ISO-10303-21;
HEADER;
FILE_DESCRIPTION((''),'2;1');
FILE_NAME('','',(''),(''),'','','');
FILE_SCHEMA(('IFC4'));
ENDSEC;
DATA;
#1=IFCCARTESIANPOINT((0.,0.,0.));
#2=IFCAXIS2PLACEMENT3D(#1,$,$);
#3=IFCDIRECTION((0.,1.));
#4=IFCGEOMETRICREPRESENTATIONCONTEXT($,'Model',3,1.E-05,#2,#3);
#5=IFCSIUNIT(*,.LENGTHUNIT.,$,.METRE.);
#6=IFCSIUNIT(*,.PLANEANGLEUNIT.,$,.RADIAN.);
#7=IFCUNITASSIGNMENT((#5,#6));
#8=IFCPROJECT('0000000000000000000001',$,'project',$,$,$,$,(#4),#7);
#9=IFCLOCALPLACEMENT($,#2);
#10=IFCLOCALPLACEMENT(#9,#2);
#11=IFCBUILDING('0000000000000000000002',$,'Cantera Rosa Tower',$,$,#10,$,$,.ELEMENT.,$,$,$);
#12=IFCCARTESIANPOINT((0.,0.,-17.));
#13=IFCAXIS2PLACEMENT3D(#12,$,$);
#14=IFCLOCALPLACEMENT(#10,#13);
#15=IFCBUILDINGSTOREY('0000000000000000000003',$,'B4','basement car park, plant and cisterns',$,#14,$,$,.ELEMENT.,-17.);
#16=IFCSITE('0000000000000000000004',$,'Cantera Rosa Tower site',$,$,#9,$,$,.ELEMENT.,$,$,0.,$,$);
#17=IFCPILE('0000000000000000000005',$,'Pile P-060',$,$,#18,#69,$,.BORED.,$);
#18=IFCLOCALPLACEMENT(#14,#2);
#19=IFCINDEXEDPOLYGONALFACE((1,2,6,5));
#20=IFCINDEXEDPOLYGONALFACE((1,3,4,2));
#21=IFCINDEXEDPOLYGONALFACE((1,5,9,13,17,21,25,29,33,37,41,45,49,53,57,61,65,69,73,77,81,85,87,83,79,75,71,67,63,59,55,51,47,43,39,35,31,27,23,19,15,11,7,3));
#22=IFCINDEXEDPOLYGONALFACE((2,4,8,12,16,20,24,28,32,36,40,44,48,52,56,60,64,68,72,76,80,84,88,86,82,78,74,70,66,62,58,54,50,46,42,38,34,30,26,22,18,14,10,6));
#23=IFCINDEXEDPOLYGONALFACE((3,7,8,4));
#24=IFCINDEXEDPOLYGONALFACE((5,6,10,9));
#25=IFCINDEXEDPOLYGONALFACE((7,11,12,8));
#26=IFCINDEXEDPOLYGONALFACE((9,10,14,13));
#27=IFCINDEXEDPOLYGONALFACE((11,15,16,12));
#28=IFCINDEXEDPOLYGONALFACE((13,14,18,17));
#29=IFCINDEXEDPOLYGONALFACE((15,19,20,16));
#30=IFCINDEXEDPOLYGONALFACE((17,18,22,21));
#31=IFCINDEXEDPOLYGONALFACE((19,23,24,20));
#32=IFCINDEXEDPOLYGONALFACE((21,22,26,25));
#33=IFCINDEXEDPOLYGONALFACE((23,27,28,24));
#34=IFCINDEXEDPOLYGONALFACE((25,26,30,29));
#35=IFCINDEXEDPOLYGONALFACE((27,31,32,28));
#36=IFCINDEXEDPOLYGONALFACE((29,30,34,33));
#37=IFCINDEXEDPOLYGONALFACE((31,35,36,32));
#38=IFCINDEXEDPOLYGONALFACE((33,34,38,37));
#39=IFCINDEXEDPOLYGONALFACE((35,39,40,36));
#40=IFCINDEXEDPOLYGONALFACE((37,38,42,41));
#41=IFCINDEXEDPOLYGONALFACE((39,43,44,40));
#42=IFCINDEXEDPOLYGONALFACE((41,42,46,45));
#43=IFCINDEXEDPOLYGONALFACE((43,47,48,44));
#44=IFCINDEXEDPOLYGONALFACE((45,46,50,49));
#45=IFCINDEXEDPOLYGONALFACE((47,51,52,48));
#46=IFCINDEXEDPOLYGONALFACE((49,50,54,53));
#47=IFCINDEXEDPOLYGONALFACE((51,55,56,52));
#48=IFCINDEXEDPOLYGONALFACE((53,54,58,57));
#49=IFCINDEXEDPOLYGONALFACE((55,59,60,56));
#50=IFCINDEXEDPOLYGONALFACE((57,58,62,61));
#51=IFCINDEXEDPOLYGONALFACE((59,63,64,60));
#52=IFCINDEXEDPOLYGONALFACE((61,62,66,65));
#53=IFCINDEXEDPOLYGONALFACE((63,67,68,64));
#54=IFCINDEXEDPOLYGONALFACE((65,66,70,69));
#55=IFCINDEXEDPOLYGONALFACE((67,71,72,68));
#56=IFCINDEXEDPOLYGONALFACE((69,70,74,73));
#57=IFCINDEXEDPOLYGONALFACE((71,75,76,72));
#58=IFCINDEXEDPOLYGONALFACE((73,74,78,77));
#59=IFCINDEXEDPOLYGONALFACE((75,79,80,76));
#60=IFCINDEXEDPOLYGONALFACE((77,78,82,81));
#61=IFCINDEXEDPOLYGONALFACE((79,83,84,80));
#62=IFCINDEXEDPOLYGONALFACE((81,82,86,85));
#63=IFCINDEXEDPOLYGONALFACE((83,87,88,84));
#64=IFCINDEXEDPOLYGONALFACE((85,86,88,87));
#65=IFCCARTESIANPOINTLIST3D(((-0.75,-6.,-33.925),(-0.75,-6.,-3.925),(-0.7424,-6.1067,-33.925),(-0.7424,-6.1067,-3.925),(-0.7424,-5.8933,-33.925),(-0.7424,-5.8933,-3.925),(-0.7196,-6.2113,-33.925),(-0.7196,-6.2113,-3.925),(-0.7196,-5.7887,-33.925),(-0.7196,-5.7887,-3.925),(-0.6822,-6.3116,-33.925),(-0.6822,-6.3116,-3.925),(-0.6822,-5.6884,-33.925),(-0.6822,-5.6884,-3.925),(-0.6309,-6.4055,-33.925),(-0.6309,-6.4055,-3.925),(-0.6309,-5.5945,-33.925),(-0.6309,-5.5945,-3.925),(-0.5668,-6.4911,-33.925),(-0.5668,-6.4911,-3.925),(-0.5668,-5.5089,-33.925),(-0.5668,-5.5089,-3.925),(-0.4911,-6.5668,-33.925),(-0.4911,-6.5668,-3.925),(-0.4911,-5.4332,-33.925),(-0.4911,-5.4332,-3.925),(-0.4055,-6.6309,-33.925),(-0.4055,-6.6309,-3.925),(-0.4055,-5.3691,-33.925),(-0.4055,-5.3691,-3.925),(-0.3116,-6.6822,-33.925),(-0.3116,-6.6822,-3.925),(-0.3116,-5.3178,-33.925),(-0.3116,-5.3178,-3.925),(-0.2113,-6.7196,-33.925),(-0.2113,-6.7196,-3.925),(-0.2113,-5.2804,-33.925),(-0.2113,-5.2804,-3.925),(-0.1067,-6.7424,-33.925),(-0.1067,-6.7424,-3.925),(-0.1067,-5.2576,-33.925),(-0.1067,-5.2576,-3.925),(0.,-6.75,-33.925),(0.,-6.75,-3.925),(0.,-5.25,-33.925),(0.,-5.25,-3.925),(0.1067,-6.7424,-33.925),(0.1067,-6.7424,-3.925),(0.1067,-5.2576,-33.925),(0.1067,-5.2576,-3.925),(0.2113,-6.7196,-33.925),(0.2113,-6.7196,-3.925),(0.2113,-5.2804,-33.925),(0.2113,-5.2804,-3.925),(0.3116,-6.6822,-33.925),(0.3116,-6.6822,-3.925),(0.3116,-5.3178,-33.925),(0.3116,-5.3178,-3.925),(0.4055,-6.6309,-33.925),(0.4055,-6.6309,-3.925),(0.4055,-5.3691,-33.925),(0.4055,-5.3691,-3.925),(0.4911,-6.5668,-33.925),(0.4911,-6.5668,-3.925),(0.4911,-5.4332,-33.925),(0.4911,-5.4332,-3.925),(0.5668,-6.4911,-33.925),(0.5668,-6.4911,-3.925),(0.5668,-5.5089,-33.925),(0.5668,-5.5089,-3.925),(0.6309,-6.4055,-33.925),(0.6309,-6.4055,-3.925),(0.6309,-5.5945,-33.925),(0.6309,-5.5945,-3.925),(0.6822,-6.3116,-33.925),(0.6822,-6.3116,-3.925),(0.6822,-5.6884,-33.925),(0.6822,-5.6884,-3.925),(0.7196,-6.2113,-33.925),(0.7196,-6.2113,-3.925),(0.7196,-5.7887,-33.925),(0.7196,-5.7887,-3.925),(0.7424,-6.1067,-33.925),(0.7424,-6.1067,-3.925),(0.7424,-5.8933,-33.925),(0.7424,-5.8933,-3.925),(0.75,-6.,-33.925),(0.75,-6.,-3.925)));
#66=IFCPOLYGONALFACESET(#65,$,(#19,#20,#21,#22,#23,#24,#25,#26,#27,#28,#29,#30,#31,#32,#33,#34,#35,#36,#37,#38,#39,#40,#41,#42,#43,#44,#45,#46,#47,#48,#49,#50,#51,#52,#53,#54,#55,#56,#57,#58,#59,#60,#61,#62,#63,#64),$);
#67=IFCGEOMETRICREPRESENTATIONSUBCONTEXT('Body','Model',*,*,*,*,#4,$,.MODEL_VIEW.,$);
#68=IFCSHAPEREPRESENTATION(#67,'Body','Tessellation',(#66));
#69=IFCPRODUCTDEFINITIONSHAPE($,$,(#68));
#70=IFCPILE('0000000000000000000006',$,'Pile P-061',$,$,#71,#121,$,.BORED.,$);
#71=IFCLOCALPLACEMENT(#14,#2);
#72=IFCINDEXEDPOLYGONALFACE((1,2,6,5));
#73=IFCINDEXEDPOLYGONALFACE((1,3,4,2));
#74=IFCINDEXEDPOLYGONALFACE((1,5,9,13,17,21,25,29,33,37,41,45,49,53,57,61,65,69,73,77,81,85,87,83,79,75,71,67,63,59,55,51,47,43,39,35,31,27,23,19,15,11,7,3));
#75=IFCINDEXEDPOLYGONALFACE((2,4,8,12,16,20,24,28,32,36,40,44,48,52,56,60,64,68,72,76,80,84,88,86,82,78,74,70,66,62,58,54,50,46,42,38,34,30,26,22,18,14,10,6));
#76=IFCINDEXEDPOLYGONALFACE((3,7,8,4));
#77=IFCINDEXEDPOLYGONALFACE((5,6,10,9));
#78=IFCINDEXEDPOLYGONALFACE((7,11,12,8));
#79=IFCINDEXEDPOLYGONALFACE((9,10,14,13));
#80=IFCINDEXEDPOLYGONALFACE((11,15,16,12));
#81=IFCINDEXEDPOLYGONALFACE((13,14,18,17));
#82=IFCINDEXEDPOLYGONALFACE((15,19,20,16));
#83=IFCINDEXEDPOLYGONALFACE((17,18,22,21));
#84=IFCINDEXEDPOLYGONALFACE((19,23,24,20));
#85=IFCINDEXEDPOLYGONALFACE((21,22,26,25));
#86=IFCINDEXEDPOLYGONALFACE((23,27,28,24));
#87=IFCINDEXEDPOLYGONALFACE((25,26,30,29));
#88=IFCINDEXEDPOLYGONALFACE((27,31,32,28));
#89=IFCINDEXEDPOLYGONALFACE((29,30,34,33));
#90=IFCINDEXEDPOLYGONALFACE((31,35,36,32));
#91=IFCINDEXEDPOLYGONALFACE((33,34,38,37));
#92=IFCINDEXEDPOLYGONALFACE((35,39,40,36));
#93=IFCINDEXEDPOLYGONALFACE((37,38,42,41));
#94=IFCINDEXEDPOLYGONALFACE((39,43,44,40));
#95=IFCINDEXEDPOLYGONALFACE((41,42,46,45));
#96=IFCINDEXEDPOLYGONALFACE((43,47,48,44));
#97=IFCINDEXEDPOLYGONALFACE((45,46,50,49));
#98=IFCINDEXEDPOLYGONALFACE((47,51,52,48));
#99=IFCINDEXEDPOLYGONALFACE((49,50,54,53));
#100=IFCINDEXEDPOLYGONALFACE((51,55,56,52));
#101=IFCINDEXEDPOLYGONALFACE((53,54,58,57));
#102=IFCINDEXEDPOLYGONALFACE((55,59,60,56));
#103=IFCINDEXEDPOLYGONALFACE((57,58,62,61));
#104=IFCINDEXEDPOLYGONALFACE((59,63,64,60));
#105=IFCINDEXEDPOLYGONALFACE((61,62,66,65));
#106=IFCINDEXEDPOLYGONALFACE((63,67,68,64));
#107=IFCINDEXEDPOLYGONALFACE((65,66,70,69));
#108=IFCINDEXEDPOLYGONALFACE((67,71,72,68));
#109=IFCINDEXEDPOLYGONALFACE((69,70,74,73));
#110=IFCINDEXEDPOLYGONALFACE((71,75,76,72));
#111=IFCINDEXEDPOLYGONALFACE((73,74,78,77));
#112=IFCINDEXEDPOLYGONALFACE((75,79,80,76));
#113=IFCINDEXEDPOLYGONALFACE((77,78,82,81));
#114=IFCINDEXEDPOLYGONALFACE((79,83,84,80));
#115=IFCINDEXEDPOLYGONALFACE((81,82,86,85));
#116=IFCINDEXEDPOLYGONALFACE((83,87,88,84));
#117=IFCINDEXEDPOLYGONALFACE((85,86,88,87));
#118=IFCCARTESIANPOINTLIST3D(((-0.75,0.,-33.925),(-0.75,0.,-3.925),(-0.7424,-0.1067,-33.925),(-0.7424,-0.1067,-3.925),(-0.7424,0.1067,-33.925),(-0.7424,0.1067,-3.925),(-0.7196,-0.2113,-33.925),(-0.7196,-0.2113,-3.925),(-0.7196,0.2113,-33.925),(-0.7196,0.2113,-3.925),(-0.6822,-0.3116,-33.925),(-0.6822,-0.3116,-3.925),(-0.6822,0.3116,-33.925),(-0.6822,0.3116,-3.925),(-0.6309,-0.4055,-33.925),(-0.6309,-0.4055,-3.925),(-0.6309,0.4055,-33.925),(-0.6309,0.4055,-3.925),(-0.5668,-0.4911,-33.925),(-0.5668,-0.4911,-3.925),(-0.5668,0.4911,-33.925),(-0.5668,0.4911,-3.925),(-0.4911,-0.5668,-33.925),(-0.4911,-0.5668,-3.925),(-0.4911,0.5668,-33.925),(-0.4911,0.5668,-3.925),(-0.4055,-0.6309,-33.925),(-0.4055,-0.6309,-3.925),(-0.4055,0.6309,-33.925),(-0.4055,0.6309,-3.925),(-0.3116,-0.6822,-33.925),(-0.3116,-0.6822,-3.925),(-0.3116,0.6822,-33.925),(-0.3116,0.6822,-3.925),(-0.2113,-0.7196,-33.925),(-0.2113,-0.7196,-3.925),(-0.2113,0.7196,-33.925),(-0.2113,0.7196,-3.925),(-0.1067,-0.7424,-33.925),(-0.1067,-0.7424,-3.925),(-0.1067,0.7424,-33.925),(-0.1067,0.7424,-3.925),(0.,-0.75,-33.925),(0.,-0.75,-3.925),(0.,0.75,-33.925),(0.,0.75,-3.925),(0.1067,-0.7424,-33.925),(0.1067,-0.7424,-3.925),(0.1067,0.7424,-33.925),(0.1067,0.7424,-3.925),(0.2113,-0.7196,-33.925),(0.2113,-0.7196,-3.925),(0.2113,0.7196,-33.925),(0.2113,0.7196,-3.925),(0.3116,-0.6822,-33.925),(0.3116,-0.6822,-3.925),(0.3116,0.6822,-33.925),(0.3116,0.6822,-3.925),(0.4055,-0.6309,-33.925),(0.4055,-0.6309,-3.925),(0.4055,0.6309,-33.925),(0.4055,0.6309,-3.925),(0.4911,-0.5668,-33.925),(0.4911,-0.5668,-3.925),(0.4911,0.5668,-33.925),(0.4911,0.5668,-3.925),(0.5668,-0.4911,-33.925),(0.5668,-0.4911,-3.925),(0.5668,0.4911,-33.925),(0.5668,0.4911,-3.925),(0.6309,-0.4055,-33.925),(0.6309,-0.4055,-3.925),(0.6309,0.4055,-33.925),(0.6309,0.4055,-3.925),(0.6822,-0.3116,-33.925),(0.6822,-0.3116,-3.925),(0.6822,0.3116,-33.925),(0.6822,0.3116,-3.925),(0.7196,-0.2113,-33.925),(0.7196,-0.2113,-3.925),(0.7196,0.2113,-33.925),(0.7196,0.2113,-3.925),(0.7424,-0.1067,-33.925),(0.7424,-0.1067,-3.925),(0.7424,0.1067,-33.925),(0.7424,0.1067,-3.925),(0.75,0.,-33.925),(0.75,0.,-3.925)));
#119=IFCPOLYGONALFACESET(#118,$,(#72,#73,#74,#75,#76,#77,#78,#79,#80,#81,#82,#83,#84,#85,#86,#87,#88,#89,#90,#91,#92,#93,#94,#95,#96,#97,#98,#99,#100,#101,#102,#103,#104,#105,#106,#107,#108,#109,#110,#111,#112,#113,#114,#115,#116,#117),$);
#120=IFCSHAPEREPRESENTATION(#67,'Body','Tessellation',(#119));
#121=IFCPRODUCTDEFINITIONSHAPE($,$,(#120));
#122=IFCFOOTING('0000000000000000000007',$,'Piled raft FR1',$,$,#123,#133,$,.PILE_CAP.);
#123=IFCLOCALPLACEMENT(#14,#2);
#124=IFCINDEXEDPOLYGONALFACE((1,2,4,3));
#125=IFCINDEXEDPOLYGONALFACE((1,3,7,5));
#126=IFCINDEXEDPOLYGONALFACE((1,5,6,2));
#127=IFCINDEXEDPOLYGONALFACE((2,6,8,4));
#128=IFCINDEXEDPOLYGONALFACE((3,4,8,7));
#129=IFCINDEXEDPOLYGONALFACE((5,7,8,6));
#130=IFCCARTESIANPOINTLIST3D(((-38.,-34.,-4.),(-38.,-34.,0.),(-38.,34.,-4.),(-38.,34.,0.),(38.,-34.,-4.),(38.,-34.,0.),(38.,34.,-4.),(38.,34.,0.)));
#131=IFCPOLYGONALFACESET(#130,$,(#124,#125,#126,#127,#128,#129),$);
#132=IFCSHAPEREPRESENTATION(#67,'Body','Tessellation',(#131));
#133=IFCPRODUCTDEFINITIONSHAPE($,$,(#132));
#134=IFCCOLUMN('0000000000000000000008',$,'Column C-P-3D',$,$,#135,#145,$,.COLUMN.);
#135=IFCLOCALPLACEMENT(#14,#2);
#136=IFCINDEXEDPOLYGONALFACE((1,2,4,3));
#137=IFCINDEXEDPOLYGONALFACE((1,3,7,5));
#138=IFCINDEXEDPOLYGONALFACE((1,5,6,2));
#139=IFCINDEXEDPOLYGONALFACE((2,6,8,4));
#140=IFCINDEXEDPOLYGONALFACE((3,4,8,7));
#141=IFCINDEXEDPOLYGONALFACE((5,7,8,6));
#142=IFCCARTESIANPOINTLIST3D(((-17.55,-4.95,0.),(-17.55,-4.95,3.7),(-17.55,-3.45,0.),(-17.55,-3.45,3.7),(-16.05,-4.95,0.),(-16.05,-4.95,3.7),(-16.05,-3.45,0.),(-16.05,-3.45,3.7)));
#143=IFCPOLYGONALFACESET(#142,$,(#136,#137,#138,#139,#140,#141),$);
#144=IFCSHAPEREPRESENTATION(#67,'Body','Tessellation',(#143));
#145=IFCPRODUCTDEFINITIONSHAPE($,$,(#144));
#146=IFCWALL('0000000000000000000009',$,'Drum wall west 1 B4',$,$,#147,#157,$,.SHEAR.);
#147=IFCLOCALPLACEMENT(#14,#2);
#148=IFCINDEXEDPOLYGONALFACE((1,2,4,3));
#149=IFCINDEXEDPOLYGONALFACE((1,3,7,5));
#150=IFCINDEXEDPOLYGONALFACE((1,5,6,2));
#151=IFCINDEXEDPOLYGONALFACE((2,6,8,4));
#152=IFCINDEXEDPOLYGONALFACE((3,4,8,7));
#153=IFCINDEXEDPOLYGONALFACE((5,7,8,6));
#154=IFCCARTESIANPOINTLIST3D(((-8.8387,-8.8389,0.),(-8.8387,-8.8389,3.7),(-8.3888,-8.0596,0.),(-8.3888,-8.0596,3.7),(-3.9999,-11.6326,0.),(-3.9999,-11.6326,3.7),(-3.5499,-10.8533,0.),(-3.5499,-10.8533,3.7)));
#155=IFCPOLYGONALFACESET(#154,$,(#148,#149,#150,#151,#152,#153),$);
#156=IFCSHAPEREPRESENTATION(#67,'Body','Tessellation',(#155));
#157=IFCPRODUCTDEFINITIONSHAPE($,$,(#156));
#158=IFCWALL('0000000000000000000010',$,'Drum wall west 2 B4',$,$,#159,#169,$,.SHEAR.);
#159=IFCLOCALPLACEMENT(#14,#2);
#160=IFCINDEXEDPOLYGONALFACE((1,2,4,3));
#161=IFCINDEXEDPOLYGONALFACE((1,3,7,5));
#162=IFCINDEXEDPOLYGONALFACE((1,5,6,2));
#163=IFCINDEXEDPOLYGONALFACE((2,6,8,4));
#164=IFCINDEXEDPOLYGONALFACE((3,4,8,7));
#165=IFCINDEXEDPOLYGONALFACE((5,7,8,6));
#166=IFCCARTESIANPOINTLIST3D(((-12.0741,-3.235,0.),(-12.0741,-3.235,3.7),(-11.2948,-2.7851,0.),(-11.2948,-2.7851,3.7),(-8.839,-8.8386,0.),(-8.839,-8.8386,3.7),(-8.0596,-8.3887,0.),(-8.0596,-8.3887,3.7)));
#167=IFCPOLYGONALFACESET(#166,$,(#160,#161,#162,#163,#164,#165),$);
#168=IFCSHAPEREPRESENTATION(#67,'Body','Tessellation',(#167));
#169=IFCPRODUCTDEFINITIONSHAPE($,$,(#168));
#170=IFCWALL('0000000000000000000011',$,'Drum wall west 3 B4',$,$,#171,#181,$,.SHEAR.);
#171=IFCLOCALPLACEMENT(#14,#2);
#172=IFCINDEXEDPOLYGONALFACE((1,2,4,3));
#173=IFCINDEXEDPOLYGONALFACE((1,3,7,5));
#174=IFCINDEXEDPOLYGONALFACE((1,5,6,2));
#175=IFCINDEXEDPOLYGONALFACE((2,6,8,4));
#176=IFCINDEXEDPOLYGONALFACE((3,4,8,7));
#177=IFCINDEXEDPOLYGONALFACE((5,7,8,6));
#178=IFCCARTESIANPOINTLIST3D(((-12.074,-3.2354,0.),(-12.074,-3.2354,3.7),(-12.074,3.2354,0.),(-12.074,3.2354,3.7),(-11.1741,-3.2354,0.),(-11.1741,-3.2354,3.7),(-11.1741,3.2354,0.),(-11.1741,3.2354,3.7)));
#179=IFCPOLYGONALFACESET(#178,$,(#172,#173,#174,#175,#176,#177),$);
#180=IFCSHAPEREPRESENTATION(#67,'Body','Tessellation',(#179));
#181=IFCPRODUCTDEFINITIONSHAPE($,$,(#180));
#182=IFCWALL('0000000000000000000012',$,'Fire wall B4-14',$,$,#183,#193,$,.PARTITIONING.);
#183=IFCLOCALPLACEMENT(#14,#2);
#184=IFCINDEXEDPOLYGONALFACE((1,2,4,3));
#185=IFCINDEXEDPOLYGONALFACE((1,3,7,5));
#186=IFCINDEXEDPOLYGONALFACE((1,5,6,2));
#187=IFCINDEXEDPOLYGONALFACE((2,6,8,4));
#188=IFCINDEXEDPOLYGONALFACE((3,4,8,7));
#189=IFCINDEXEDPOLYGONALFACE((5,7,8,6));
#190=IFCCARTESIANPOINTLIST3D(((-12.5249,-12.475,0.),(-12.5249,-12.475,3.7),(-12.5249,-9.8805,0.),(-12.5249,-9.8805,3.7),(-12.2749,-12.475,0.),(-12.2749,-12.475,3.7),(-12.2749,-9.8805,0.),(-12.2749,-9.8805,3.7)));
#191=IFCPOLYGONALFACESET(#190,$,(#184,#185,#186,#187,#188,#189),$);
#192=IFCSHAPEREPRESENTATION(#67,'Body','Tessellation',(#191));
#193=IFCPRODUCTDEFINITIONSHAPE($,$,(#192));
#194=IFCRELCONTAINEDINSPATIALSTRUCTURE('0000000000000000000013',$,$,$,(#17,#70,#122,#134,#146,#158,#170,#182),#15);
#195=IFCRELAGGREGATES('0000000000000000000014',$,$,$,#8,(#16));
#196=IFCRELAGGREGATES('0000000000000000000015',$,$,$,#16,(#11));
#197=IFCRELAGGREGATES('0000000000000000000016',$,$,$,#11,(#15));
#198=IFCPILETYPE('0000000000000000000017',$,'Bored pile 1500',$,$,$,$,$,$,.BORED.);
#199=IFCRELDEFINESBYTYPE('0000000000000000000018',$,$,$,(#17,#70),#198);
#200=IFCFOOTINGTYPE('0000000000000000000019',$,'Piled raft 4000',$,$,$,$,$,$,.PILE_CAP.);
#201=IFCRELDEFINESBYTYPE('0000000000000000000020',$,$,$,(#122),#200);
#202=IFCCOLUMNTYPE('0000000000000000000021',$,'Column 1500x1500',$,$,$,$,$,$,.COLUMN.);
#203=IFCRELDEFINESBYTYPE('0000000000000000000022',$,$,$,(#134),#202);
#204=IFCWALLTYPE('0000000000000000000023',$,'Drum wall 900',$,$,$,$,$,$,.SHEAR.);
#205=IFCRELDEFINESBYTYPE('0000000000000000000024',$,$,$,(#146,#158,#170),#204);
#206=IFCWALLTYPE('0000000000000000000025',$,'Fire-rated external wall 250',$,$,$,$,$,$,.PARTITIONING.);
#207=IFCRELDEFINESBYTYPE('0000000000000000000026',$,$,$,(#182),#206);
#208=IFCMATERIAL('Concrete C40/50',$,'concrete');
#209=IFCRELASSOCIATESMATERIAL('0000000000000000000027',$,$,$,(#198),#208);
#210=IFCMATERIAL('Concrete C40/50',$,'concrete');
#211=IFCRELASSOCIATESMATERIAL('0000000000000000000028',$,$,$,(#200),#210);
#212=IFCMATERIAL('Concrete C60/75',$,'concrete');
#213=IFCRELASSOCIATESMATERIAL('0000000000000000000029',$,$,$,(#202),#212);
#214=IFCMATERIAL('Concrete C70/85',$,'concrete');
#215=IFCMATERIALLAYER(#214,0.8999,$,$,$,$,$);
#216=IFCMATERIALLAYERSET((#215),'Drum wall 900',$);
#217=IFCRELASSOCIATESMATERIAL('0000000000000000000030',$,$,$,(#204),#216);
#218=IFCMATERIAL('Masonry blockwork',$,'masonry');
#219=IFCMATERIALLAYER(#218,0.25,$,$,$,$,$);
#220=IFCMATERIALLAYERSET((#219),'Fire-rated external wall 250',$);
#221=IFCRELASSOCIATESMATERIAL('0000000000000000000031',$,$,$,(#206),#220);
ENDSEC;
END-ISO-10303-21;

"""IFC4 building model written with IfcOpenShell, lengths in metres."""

from ifc_helpers import new_model, si_unit, direction, frame, frame_2d, origin, origin_2d, place, context, subcontext, project, spatial, polyline, rectangle, circle, outline, extrude, material, layer, layer_set, material_profile, profile_set, type_object, element, save


model = new_model("IFC4")

# Units and contexts
model_context = context("Model", 3, precision=1e-05, world=origin(), true_north=direction((0.0, 1.0)))
body_context = subcontext(model_context, "Body", "Model", "MODEL_VIEW")
ifc_project = project(units=[si_unit("LENGTHUNIT", "METRE"), si_unit("PLANEANGLEUNIT", "RADIAN")], contexts=[model_context])

# Site, building, storey
site_placement = place(None, origin())
site = spatial("IfcSite", under=ifc_project, at=site_placement, Name="Cantera Rosa Tower site", CompositionType="ELEMENT", RefElevation=0.0)
building_placement = place(site_placement, origin())
building = spatial("IfcBuilding", under=site, at=building_placement, Name="Cantera Rosa Tower", CompositionType="ELEMENT")
storey_placement = place(building_placement, frame((0.0, 0.0, -17.0)))
storey = spatial("IfcBuildingStorey", under=building, at=storey_placement, Name="B4", Description="basement car park, plant and cisterns", CompositionType="ELEMENT", Elevation=-17.0)

# Piles
ifc_material_1 = material(Name="Concrete C40/50", Category="concrete")
ifc_material_profile_1 = material_profile(ifc_material_1, circle(Radius=0.75, at=origin_2d()), Name="Bored pile 1500")
ifc_profile_set_1 = profile_set([ifc_material_profile_1], Name="Concrete C40/50")
pile_type = type_object("IfcPileType", Name="Bored pile 1500", PredefinedType="BORED", material=ifc_profile_set_1)
for number, where, z_axis, x_axis, name in (
    (1, (0.0, -6.0, -3.925), (0.0, 0.0, -1.0), (1.0, 0.0, 0.0), "Pile P-060"),
    (2, (0.0, 0.0, -3.925), (0.0, 0.0, -1.0), (1.0, 0.0, 0.0), "Pile P-061"),
):
    element("IfcPile", number, at=place(storey_placement, frame(where, z_axis=z_axis, x_axis=x_axis)), inside=storey, type_object=pile_type, Name=name, PredefinedType="BORED", context=body_context, shape_type="SweptSolid", body=[
        extrude(circle(Radius=0.75, at=origin_2d()), origin(), (0.0, 0.0, 1.0), 30.0),
    ])

# Footing
ifc_material_2 = material(Name="Concrete C40/50", Category="concrete")
footing_type = type_object("IfcFootingType", Name="Piled raft 4000", PredefinedType="PILE_CAP", material=ifc_material_2)
footing_placement = place(storey_placement, frame((0.0, 0.0, -4.0)))
element("IfcFooting", 3, at=footing_placement, inside=storey, type_object=footing_type, Name="Piled raft FR1", PredefinedType="PILE_CAP", context=body_context, shape_type="SweptSolid", body=[
    extrude(outline(polyline([(38.0, -34.0), (38.0, 34.0), (-38.0, 34.0), (-38.0, -34.0), (38.0, -34.0)])), origin(), (0.0, 0.0, 1.0), 4.0),
])

# Column
ifc_material_3 = material(Name="Concrete C60/75", Category="concrete")
ifc_material_profile_2 = material_profile(ifc_material_3, rectangle(XDim=1.5, YDim=1.5, at=origin_2d()), Name="Column 1500x1500")
ifc_profile_set_2 = profile_set([ifc_material_profile_2], Name="Concrete C60/75")
column_type = type_object("IfcColumnType", Name="Column 1500x1500", PredefinedType="COLUMN", material=ifc_profile_set_2)
column_placement = place(storey_placement, frame((-16.8, -4.2, 0.0), z_axis=(0.0, 0.0, 1.0), x_axis=(1.0, 0.0, 0.0)))
element("IfcColumn", 4, at=column_placement, inside=storey, type_object=column_type, Name="Column C-P-3D", PredefinedType="COLUMN", context=body_context, shape_type="SweptSolid", body=[
    extrude(rectangle(XDim=1.5, YDim=1.5, at=origin_2d()), origin(), (0.0, 0.0, 1.0), 3.7),
])

# Walls
ifc_material_4 = material(Name="Concrete C70/85", Category="concrete")
ifc_layer_1 = layer(ifc_material_4, 0.8999)
ifc_layer_set_1 = layer_set([ifc_layer_1], Name="Drum wall 900")
wall_type_1 = type_object("IfcWallType", Name="Drum wall 900", PredefinedType="SHEAR", material=ifc_layer_set_1)
wall_1_placement = place(storey_placement, frame((-3.7749, -11.2429, 0.0), z_axis=(0.0, 0.0, 1.0), x_axis=(-0.866027, 0.499997, 0.0)))
element("IfcWall", 5, at=wall_1_placement, inside=storey, type_object=wall_type_1, Name="Drum wall west 1 B4", PredefinedType="SHEAR", context=body_context, shape_type="SweptSolid", body=[
    extrude(rectangle(XDim=5.5874, YDim=0.8999, at=frame_2d((2.7937, 0.0))), origin(), (0.0, 0.0, 1.0), 3.7),
])
wall_2_placement = place(storey_placement, frame((-8.4492, -8.6138, 0.0), z_axis=(0.0, 0.0, 1.0), x_axis=(-0.49999, 0.866031, 0.0)))
element("IfcWall", 6, at=wall_2_placement, inside=storey, type_object=wall_type_1, Name="Drum wall west 2 B4", PredefinedType="SHEAR", context=body_context, shape_type="SweptSolid", body=[
    extrude(rectangle(XDim=6.4705, YDim=0.8999, at=frame_2d((3.2354, 0.0))), origin(), (0.0, 0.0, 1.0), 3.7),
])
wall_3_placement = place(storey_placement, frame((-11.624, -3.2354, 0.0), z_axis=(0.0, 0.0, 1.0), x_axis=(0.0, 1.0, 0.0)))
element("IfcWall", 7, at=wall_3_placement, inside=storey, type_object=wall_type_1, Name="Drum wall west 3 B4", PredefinedType="SHEAR", context=body_context, shape_type="SweptSolid", body=[
    extrude(rectangle(XDim=6.4707, YDim=0.8999, at=frame_2d((3.2354, 0.0))), origin(), (0.0, 0.0, 1.0), 3.7),
])
ifc_material_5 = material(Name="Masonry blockwork", Category="masonry")
ifc_layer_2 = layer(ifc_material_5, 0.25)
ifc_layer_set_2 = layer_set([ifc_layer_2], Name="Fire-rated external wall 250")
wall_type_2 = type_object("IfcWallType", Name="Fire-rated external wall 250", PredefinedType="PARTITIONING", material=ifc_layer_set_2)
wall_4_placement = place(storey_placement, frame((-12.3999, -12.4751, 0.0), z_axis=(0.0, 0.0, 1.0), x_axis=(0.0, 1.0, 0.0)))
element("IfcWall", 8, at=wall_4_placement, inside=storey, type_object=wall_type_2, Name="Fire wall B4-14", PredefinedType="PARTITIONING", context=body_context, shape_type="SweptSolid", body=[
    extrude(rectangle(XDim=2.5945, YDim=0.25, at=frame_2d((1.2974, 0.0))), origin(), (0.0, 0.0, 1.0), 3.7),
])

save(model, "model.ifc")
